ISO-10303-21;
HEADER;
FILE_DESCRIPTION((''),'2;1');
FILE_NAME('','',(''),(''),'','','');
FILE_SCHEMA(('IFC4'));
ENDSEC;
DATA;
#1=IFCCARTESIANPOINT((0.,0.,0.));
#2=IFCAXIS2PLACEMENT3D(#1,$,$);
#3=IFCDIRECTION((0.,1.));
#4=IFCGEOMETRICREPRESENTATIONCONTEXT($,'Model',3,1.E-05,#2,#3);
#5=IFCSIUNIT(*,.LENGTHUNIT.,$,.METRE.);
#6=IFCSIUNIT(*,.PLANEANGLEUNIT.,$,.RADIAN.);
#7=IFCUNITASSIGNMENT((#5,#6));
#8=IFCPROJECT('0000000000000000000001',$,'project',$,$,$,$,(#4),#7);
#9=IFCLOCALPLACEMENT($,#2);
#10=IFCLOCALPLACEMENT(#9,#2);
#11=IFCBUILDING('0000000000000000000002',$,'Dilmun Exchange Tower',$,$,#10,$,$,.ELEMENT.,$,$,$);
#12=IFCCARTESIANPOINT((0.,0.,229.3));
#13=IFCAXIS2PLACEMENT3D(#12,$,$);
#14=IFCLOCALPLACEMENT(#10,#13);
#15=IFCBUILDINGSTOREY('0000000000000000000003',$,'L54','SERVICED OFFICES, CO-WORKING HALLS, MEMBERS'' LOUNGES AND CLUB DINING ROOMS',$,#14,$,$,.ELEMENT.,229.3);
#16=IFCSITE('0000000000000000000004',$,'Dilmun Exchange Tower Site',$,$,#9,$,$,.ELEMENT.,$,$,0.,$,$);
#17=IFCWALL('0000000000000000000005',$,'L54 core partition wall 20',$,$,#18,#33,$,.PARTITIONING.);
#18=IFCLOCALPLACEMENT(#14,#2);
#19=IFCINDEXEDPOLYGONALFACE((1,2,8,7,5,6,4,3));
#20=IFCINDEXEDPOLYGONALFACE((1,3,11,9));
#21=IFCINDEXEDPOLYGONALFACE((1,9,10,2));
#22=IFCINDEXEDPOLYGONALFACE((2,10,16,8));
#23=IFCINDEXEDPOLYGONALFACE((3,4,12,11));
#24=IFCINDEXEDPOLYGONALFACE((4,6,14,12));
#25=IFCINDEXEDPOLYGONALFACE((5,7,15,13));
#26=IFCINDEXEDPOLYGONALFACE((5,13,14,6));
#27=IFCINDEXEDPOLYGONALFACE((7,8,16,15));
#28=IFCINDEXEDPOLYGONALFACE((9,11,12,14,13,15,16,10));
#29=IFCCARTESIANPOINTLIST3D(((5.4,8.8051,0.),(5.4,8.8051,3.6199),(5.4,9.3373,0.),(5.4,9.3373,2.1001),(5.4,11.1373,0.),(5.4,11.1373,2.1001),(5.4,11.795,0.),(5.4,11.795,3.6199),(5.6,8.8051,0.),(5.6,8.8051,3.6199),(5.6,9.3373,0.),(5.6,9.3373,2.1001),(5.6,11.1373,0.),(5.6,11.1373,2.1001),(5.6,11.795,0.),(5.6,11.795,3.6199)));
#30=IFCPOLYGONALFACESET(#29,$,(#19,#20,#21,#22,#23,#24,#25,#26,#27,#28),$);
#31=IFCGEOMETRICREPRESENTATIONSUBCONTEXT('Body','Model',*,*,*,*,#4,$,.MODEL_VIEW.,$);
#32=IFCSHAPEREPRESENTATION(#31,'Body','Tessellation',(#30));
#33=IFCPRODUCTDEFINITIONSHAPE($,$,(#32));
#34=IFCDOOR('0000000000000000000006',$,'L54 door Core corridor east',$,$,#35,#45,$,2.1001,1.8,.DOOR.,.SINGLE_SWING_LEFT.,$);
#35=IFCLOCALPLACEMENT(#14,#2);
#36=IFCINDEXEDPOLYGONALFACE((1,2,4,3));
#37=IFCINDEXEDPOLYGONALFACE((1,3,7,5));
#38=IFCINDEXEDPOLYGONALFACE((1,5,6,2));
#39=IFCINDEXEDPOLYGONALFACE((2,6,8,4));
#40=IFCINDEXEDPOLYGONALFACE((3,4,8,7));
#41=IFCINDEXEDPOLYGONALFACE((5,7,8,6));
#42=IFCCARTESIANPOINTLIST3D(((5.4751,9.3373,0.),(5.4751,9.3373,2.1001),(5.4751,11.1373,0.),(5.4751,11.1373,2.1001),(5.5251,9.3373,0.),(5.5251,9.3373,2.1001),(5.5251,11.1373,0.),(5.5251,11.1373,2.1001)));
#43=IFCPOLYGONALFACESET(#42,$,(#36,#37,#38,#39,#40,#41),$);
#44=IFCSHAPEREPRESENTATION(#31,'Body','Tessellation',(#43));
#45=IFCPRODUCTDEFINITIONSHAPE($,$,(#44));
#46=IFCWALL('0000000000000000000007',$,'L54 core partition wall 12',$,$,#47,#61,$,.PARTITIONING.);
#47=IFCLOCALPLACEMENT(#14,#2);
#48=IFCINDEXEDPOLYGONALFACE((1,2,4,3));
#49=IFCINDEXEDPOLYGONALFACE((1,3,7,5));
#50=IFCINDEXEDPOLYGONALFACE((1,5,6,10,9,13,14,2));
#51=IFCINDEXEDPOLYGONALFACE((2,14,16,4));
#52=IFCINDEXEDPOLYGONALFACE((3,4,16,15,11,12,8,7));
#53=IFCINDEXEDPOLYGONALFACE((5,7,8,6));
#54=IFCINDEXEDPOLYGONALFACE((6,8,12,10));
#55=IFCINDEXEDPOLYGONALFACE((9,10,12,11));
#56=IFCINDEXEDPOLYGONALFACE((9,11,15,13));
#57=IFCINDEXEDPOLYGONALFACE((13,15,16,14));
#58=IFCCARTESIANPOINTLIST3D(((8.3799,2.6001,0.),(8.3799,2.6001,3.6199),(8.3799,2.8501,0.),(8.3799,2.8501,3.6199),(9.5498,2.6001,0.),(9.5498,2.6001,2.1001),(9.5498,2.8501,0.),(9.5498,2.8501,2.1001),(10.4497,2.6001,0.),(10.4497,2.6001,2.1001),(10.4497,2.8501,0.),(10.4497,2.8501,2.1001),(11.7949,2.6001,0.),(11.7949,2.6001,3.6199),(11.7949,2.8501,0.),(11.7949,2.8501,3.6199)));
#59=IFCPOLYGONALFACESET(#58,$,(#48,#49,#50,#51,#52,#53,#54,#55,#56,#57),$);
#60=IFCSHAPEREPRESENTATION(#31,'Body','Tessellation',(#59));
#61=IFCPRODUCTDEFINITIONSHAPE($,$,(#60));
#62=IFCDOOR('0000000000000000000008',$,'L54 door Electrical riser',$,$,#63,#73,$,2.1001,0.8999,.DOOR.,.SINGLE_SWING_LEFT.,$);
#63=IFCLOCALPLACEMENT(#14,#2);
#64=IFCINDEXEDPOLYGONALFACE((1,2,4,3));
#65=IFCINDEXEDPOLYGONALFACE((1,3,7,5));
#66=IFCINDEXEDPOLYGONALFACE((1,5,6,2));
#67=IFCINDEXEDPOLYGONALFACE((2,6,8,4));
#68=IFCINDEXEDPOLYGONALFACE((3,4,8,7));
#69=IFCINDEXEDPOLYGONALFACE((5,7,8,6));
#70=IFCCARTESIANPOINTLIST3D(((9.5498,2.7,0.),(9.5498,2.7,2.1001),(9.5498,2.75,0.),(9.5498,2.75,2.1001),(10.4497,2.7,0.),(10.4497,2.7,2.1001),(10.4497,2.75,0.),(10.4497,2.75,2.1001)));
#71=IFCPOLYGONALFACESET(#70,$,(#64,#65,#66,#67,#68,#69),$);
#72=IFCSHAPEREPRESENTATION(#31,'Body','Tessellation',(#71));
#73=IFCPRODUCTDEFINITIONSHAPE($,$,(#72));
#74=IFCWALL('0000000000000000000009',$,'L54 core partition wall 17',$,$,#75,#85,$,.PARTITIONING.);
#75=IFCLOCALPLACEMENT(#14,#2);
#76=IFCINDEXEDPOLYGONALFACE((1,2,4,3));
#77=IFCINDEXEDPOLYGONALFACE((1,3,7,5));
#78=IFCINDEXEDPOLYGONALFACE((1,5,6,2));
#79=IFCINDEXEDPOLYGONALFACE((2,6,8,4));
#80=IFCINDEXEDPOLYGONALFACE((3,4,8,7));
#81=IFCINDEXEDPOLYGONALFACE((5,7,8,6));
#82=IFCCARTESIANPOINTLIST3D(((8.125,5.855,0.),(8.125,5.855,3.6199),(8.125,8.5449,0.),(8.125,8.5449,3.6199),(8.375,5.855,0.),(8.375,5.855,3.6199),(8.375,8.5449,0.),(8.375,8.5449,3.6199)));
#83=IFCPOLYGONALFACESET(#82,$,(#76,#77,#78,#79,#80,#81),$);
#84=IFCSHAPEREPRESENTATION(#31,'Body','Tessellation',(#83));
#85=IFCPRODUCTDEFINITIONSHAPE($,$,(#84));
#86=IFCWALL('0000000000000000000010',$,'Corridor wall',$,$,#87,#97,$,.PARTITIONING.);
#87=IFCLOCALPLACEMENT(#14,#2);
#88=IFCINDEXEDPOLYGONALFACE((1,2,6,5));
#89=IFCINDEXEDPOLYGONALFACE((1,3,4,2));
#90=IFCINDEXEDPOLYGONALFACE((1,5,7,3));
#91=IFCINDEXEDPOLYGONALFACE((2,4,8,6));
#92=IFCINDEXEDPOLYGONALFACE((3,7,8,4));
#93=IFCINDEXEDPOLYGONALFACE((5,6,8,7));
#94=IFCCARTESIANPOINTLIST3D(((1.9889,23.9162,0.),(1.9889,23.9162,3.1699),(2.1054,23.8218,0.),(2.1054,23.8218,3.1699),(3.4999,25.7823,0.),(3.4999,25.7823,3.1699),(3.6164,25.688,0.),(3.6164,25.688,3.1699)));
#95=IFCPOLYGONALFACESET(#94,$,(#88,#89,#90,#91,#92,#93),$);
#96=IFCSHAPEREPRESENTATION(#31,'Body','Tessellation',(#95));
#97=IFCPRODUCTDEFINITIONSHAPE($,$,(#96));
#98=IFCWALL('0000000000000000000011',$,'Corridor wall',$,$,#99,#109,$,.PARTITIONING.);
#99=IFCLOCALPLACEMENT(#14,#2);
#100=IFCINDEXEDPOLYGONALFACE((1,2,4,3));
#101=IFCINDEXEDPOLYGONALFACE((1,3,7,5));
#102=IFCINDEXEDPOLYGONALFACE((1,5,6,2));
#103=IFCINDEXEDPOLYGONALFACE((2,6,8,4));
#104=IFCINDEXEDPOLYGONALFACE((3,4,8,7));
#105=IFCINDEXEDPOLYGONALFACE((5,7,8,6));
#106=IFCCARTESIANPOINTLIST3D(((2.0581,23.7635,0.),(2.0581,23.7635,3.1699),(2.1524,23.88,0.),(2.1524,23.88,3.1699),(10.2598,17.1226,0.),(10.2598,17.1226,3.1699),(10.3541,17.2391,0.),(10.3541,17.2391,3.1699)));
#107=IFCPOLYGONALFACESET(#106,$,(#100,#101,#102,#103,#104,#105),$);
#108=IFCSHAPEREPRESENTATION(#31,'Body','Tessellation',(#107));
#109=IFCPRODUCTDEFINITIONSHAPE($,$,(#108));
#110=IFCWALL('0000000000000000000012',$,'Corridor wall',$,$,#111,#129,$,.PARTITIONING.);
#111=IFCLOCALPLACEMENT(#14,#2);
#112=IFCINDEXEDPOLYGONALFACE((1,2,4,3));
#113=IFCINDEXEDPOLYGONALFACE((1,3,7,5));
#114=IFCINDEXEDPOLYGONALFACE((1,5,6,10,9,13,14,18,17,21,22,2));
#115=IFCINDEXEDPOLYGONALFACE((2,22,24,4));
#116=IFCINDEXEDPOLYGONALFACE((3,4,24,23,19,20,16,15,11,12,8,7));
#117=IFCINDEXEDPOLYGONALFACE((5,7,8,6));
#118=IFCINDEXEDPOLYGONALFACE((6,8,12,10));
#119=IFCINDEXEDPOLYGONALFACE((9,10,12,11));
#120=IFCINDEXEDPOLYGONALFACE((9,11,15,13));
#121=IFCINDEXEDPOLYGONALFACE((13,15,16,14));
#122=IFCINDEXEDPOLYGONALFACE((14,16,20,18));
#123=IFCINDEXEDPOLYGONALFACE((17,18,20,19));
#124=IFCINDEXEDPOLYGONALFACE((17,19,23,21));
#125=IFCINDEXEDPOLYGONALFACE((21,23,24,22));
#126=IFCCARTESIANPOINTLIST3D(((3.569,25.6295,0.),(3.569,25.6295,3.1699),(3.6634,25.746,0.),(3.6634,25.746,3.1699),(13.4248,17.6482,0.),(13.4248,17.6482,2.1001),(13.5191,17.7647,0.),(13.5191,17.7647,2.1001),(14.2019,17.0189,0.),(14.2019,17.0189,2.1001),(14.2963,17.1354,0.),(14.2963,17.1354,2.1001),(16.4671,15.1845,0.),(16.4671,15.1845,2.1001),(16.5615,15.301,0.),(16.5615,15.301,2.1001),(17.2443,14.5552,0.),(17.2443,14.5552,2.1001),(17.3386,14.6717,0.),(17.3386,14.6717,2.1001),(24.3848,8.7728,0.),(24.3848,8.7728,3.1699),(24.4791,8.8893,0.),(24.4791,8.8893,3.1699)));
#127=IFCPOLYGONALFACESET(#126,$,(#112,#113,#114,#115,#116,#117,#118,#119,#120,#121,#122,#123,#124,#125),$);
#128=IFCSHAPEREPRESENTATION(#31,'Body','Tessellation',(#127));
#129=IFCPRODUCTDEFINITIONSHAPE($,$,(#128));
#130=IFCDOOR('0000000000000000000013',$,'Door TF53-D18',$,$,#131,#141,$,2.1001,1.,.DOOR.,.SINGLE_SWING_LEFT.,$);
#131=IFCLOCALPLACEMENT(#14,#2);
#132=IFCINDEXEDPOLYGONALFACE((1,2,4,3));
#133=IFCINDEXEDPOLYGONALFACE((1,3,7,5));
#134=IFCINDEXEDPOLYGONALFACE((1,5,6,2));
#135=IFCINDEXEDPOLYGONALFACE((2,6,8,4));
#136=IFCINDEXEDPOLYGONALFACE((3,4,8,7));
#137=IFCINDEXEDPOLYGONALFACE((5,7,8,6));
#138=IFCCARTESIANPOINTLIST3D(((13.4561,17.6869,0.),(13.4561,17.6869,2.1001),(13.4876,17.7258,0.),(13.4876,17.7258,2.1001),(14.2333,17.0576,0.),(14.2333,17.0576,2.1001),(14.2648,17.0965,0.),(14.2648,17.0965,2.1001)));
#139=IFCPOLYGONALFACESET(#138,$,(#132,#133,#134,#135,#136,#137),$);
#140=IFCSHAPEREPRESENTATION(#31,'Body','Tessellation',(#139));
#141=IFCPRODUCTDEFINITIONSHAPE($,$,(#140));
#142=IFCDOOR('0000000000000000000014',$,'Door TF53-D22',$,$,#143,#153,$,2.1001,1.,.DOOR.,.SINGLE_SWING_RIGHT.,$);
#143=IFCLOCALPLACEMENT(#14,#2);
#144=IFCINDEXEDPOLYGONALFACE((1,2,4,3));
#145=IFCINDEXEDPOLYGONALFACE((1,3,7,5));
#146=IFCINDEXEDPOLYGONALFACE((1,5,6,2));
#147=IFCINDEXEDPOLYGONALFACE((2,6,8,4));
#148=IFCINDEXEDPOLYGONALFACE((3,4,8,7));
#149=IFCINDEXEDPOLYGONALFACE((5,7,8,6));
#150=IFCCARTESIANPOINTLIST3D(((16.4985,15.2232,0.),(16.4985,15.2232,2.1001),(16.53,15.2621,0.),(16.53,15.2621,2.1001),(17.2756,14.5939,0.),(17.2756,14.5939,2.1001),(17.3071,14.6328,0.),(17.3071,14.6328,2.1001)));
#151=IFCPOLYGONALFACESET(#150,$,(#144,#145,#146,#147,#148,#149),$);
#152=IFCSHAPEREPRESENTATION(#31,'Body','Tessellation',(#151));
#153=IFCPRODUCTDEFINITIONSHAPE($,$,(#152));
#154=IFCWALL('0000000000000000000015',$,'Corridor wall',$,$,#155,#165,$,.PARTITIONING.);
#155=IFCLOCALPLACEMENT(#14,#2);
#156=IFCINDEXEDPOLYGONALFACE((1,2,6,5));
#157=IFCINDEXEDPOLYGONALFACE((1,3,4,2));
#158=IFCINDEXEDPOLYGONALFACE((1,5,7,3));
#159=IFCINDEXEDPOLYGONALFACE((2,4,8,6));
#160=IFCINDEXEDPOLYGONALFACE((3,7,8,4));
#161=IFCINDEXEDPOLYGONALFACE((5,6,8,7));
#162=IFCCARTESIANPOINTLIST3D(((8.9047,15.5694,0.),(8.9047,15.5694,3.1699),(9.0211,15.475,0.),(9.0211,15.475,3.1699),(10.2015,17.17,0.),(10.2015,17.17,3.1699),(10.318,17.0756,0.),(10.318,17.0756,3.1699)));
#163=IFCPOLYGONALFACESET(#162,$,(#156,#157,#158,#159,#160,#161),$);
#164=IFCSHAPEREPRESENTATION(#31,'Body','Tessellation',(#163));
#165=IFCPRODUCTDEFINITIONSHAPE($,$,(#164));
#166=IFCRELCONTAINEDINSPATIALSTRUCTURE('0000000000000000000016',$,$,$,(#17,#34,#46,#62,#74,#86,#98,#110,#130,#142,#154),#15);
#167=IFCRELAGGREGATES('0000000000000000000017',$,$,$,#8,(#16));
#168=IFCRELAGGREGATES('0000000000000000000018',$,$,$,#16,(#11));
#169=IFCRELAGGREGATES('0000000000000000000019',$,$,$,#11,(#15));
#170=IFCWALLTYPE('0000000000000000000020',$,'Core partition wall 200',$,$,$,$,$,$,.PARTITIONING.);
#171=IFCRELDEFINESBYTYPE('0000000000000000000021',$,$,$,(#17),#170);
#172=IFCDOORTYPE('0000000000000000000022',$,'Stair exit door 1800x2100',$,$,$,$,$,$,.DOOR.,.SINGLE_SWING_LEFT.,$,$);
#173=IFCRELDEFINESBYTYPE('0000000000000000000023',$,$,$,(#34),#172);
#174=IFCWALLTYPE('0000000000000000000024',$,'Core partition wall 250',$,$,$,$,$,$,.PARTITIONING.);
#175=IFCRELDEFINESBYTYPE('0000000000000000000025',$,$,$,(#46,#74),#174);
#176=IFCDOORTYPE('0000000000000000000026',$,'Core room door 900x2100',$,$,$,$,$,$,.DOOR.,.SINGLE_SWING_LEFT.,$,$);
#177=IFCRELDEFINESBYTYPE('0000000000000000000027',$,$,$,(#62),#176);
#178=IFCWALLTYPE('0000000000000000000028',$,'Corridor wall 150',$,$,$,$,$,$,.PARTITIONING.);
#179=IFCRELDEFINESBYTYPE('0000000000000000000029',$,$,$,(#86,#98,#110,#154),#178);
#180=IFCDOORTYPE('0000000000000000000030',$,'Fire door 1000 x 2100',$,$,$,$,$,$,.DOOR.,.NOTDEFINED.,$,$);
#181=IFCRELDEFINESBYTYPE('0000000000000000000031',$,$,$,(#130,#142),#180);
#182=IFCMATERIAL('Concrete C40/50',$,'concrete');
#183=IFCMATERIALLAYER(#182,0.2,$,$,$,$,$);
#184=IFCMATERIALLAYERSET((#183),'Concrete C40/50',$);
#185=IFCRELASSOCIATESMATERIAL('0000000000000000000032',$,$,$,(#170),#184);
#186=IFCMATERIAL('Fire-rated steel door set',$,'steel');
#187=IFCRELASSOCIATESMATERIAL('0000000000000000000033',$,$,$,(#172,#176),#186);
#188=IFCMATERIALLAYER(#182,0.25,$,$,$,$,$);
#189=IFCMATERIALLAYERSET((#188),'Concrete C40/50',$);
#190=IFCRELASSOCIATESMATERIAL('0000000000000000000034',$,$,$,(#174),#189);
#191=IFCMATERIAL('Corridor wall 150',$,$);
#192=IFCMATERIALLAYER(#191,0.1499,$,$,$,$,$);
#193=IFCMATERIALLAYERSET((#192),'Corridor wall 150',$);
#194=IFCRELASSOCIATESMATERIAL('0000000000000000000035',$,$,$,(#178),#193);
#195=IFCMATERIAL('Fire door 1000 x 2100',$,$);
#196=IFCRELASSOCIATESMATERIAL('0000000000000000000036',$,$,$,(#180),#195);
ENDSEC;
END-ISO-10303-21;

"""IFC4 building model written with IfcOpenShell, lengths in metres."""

from ifc_helpers import new_model, si_unit, direction, frame, frame_2d, origin, place, context, subcontext, project, spatial, rectangle, extrude, material, layer, layer_set, type_object, element, fill, save


model = new_model("IFC4")

# Units and contexts
model_context = context("Model", 3, precision=1e-05, world=origin(), true_north=direction((0.0, 1.0)))
body_context = subcontext(model_context, "Body", "Model", "MODEL_VIEW")
ifc_project = project(units=[si_unit("LENGTHUNIT", "METRE"), si_unit("PLANEANGLEUNIT", "RADIAN")], contexts=[model_context])

# Site, building, storey
site_placement = place(None, origin())
site = spatial("IfcSite", under=ifc_project, at=site_placement, Name="Dilmun Exchange Tower Site", CompositionType="ELEMENT", RefElevation=0.0)
building_placement = place(site_placement, origin())
building = spatial("IfcBuilding", under=site, at=building_placement, Name="Dilmun Exchange Tower", CompositionType="ELEMENT")
storey_placement = place(building_placement, frame((0.0, 0.0, 229.3)))
storey = spatial("IfcBuildingStorey", under=building, at=storey_placement, Name="L54", Description="SERVICED OFFICES, CO-WORKING HALLS, MEMBERS' LOUNGES AND CLUB DINING ROOMS", CompositionType="ELEMENT", Elevation=229.3)

# Walls, openings, doors
ifc_material_1 = material(Name="Concrete C40/50", Category="concrete")
ifc_layer_1 = layer(ifc_material_1, 0.2)
ifc_layer_set_1 = layer_set([ifc_layer_1], Name="Concrete C40/50")
wall_type_1 = type_object("IfcWallType", Name="Core partition wall 200", PredefinedType="PARTITIONING", material=ifc_layer_set_1)
wall_1_placement = place(storey_placement, frame((5.5, 8.8049, 0.0), z_axis=(0.0, 0.0, 1.0), x_axis=(0.0, 1.0, 0.0)))
wall_1 = element("IfcWall", 1, at=wall_1_placement, inside=storey, type_object=wall_type_1, Name="L54 core partition wall 20", PredefinedType="PARTITIONING", context=body_context, shape_type="SweptSolid", body=[
    extrude(rectangle(XDim=2.99, YDim=0.2, at=frame_2d((1.4951, 0.0))), origin(), (0.0, 0.0, 1.0), 3.6199),
])
opening_1_placement = place(wall_1_placement, frame((0.5325, 0.0, 0.0)))
opening_1 = element("IfcOpeningElement", 2, at=opening_1_placement, cuts=wall_1, PredefinedType="OPENING", context=body_context, shape_type="SweptSolid", body=[
    extrude(rectangle(XDim=1.8, YDim=2.1001, at=frame_2d((0.8999, 1.05))), frame((0.0, 0.1099, 0.0), z_axis=(0.0, -1.0, 0.0), x_axis=(1.0, 0.0, 0.0)), (0.0, 0.0, 1.0), 0.22),
])
ifc_material_2 = material(Name="Fire-rated steel door set", Category="steel")
door_type_1 = type_object("IfcDoorType", Name="Stair exit door 1800x2100", OperationType="SINGLE_SWING_LEFT", PredefinedType="DOOR", material=ifc_material_2)
door_1_placement = place(opening_1_placement, origin())
door_1 = element("IfcDoor", 3, at=door_1_placement, inside=storey, type_object=door_type_1, Name="L54 door Core corridor east", OperationType="SINGLE_SWING_LEFT", OverallHeight=2.1001, OverallWidth=1.8, PredefinedType="DOOR", context=body_context, shape_type="SweptSolid", body=[
    extrude(rectangle(XDim=1.8, YDim=2.1001, at=frame_2d((0.8999, 1.05))), frame((0.0, 0.0249, 0.0), z_axis=(0.0, -1.0, 0.0), x_axis=(1.0, 0.0, 0.0)), (0.0, 0.0, 1.0), 0.05),
])
fill(opening_1, door_1)
ifc_layer_2 = layer(ifc_material_1, 0.25)
ifc_layer_set_2 = layer_set([ifc_layer_2], Name="Concrete C40/50")
wall_type_2 = type_object("IfcWallType", Name="Core partition wall 250", PredefinedType="PARTITIONING", material=ifc_layer_set_2)
wall_2_placement = place(storey_placement, frame((8.3799, 2.7251, 0.0), z_axis=(0.0, 0.0, 1.0), x_axis=(1.0, 0.0, 0.0)))
wall_2 = element("IfcWall", 4, at=wall_2_placement, inside=storey, type_object=wall_type_2, Name="L54 core partition wall 12", PredefinedType="PARTITIONING", context=body_context, shape_type="SweptSolid", body=[
    extrude(rectangle(XDim=3.415, YDim=0.25, at=frame_2d((1.7075, 0.0))), origin(), (0.0, 0.0, 1.0), 3.6199),
])
opening_2_placement = place(wall_2_placement, frame((1.1699, 0.0, 0.0)))
opening_2 = element("IfcOpeningElement", 5, at=opening_2_placement, cuts=wall_2, PredefinedType="OPENING", context=body_context, shape_type="SweptSolid", body=[
    extrude(rectangle(XDim=0.8999, YDim=2.1001, at=frame_2d((0.45, 1.05))), frame((0.0, 0.135, 0.0), z_axis=(0.0, -1.0, 0.0), x_axis=(1.0, 0.0, 0.0)), (0.0, 0.0, 1.0), 0.27),
])
door_type_2 = type_object("IfcDoorType", Name="Core room door 900x2100", OperationType="SINGLE_SWING_LEFT", PredefinedType="DOOR", material=ifc_material_2)
door_2_placement = place(opening_2_placement, origin())
door_2 = element("IfcDoor", 6, at=door_2_placement, inside=storey, type_object=door_type_2, Name="L54 door Electrical riser", OperationType="SINGLE_SWING_LEFT", OverallHeight=2.1001, OverallWidth=0.8999, PredefinedType="DOOR", context=body_context, shape_type="SweptSolid", body=[
    extrude(rectangle(XDim=0.8999, YDim=2.1001, at=frame_2d((0.45, 1.05))), frame((0.0, 0.0249, 0.0), z_axis=(0.0, -1.0, 0.0), x_axis=(1.0, 0.0, 0.0)), (0.0, 0.0, 1.0), 0.05),
])
fill(opening_2, door_2)

# Walls
wall_3_placement = place(storey_placement, frame((8.25, 5.855, 0.0), z_axis=(0.0, 0.0, 1.0), x_axis=(0.0, 1.0, 0.0)))
element("IfcWall", 7, at=wall_3_placement, inside=storey, type_object=wall_type_2, Name="L54 core partition wall 17", PredefinedType="PARTITIONING", context=body_context, shape_type="SweptSolid", body=[
    extrude(rectangle(XDim=2.6899, YDim=0.25, at=frame_2d((1.345, 0.0))), origin(), (0.0, 0.0, 1.0), 3.6199),
])
ifc_material_3 = material(Name="Corridor wall 150")
ifc_layer_3 = layer(ifc_material_3, 0.1499)
ifc_layer_set_3 = layer_set([ifc_layer_3], Name="Corridor wall 150")
wall_type_3 = type_object("IfcWallType", Name="Corridor wall 150", PredefinedType="PARTITIONING", material=ifc_layer_set_3)
wall_4_placement = place(storey_placement, frame((2.0471, 23.8689, 0.0), z_axis=(0.0, 0.0, 1.0), x_axis=(0.62926, 0.777195, 0.0)))
element("IfcWall", 8, at=wall_4_placement, inside=storey, type_object=wall_type_3, Name="Corridor wall", PredefinedType="PARTITIONING", context=body_context, shape_type="SweptSolid", body=[
    extrude(rectangle(XDim=2.4011, YDim=0.1499, at=frame_2d((1.2007, 0.0))), origin(), (0.0, 0.0, 1.0), 3.1699),
])
wall_5_placement = place(storey_placement, frame((2.1052, 23.8218, 0.0), z_axis=(0.0, 0.0, 1.0), x_axis=(0.777179, -0.62928, 0.0)))
element("IfcWall", 9, at=wall_5_placement, inside=storey, type_object=wall_type_3, Name="Corridor wall", PredefinedType="PARTITIONING", context=body_context, shape_type="SweptSolid", body=[
    extrude(rectangle(XDim=10.5532, YDim=0.1499, at=frame_2d((5.2766, 0.0))), origin(), (0.0, 0.0, 1.0), 3.1699),
])

# Wall, openings, doors
wall_6_placement = place(storey_placement, frame((3.6162, 25.6877, 0.0), z_axis=(0.0, 0.0, 1.0), x_axis=(0.777137, -0.629331, 0.0)))
wall_6 = element("IfcWall", 10, at=wall_6_placement, inside=storey, type_object=wall_type_3, Name="Corridor wall", PredefinedType="PARTITIONING", context=body_context, shape_type="SweptSolid", body=[
    extrude(rectangle(XDim=26.7852, YDim=0.1499, at=frame_2d((13.3926, 0.0))), origin(), (0.0, 0.0, 1.0), 3.1699),
])
opening_3_placement = place(wall_6_placement, frame((12.6821, 0.0, 0.0)))
opening_3 = element("IfcOpeningElement", 11, at=opening_3_placement, cuts=wall_6, PredefinedType="OPENING", context=body_context, shape_type="SweptSolid", body=[
    extrude(rectangle(XDim=1.0, YDim=2.1001, at=frame_2d((0.5, 1.05))), frame((0.0, 0.085, 0.0), z_axis=(0.0, -1.0, 0.0), x_axis=(1.0, 0.0, 0.0)), (0.0, 0.0, 1.0), 0.1699),
])
opening_4_placement = place(wall_6_placement, frame((16.5969, 0.0, 0.0)))
opening_4 = element("IfcOpeningElement", 12, at=opening_4_placement, cuts=wall_6, PredefinedType="OPENING", context=body_context, shape_type="SweptSolid", body=[
    extrude(rectangle(XDim=1.0, YDim=2.1001, at=frame_2d((0.5, 1.05))), frame((0.0, 0.085, 0.0), z_axis=(0.0, -1.0, 0.0), x_axis=(1.0, 0.0, 0.0)), (0.0, 0.0, 1.0), 0.1699),
])
ifc_material_4 = material(Name="Fire door 1000 x 2100")
door_type_3 = type_object("IfcDoorType", Name="Fire door 1000 x 2100", OperationType="NOTDEFINED", PredefinedType="DOOR", material=ifc_material_4)
door_3_placement = place(opening_3_placement, origin())
door_3 = element("IfcDoor", 13, at=door_3_placement, inside=storey, type_object=door_type_3, Name="Door TF53-D18", OperationType="SINGLE_SWING_LEFT", OverallHeight=2.1001, OverallWidth=1.0, PredefinedType="DOOR", context=body_context, shape_type="SweptSolid", body=[
    extrude(rectangle(XDim=1.0, YDim=2.1001, at=frame_2d((0.5, 1.05))), frame((0.0, 0.0249, 0.0), z_axis=(0.0, -1.0, 0.0), x_axis=(1.0, 0.0, 0.0)), (0.0, 0.0, 1.0), 0.05),
])
fill(opening_3, door_3)
door_4_placement = place(opening_4_placement, origin())
door_4 = element("IfcDoor", 14, at=door_4_placement, inside=storey, type_object=door_type_3, Name="Door TF53-D22", OperationType="SINGLE_SWING_RIGHT", OverallHeight=2.1001, OverallWidth=1.0, PredefinedType="DOOR", context=body_context, shape_type="SweptSolid", body=[
    extrude(rectangle(XDim=1.0, YDim=2.1001, at=frame_2d((0.5, 1.05))), frame((0.0, 0.0249, 0.0), z_axis=(0.0, -1.0, 0.0), x_axis=(1.0, 0.0, 0.0)), (0.0, 0.0, 1.0), 0.05),
])
fill(opening_4, door_4)

# Wall
wall_7_placement = place(storey_placement, frame((8.9629, 15.5222, 0.0), z_axis=(0.0, 0.0, 1.0), x_axis=(0.629539, 0.776969, 0.0)))
element("IfcWall", 15, at=wall_7_placement, inside=storey, type_object=wall_type_3, Name="Corridor wall", PredefinedType="PARTITIONING", context=body_context, shape_type="SweptSolid", body=[
    extrude(rectangle(XDim=2.0601, YDim=0.1499, at=frame_2d((1.03, 0.0))), origin(), (0.0, 0.0, 1.0), 3.1699),
])

save(model, "model.ifc")
